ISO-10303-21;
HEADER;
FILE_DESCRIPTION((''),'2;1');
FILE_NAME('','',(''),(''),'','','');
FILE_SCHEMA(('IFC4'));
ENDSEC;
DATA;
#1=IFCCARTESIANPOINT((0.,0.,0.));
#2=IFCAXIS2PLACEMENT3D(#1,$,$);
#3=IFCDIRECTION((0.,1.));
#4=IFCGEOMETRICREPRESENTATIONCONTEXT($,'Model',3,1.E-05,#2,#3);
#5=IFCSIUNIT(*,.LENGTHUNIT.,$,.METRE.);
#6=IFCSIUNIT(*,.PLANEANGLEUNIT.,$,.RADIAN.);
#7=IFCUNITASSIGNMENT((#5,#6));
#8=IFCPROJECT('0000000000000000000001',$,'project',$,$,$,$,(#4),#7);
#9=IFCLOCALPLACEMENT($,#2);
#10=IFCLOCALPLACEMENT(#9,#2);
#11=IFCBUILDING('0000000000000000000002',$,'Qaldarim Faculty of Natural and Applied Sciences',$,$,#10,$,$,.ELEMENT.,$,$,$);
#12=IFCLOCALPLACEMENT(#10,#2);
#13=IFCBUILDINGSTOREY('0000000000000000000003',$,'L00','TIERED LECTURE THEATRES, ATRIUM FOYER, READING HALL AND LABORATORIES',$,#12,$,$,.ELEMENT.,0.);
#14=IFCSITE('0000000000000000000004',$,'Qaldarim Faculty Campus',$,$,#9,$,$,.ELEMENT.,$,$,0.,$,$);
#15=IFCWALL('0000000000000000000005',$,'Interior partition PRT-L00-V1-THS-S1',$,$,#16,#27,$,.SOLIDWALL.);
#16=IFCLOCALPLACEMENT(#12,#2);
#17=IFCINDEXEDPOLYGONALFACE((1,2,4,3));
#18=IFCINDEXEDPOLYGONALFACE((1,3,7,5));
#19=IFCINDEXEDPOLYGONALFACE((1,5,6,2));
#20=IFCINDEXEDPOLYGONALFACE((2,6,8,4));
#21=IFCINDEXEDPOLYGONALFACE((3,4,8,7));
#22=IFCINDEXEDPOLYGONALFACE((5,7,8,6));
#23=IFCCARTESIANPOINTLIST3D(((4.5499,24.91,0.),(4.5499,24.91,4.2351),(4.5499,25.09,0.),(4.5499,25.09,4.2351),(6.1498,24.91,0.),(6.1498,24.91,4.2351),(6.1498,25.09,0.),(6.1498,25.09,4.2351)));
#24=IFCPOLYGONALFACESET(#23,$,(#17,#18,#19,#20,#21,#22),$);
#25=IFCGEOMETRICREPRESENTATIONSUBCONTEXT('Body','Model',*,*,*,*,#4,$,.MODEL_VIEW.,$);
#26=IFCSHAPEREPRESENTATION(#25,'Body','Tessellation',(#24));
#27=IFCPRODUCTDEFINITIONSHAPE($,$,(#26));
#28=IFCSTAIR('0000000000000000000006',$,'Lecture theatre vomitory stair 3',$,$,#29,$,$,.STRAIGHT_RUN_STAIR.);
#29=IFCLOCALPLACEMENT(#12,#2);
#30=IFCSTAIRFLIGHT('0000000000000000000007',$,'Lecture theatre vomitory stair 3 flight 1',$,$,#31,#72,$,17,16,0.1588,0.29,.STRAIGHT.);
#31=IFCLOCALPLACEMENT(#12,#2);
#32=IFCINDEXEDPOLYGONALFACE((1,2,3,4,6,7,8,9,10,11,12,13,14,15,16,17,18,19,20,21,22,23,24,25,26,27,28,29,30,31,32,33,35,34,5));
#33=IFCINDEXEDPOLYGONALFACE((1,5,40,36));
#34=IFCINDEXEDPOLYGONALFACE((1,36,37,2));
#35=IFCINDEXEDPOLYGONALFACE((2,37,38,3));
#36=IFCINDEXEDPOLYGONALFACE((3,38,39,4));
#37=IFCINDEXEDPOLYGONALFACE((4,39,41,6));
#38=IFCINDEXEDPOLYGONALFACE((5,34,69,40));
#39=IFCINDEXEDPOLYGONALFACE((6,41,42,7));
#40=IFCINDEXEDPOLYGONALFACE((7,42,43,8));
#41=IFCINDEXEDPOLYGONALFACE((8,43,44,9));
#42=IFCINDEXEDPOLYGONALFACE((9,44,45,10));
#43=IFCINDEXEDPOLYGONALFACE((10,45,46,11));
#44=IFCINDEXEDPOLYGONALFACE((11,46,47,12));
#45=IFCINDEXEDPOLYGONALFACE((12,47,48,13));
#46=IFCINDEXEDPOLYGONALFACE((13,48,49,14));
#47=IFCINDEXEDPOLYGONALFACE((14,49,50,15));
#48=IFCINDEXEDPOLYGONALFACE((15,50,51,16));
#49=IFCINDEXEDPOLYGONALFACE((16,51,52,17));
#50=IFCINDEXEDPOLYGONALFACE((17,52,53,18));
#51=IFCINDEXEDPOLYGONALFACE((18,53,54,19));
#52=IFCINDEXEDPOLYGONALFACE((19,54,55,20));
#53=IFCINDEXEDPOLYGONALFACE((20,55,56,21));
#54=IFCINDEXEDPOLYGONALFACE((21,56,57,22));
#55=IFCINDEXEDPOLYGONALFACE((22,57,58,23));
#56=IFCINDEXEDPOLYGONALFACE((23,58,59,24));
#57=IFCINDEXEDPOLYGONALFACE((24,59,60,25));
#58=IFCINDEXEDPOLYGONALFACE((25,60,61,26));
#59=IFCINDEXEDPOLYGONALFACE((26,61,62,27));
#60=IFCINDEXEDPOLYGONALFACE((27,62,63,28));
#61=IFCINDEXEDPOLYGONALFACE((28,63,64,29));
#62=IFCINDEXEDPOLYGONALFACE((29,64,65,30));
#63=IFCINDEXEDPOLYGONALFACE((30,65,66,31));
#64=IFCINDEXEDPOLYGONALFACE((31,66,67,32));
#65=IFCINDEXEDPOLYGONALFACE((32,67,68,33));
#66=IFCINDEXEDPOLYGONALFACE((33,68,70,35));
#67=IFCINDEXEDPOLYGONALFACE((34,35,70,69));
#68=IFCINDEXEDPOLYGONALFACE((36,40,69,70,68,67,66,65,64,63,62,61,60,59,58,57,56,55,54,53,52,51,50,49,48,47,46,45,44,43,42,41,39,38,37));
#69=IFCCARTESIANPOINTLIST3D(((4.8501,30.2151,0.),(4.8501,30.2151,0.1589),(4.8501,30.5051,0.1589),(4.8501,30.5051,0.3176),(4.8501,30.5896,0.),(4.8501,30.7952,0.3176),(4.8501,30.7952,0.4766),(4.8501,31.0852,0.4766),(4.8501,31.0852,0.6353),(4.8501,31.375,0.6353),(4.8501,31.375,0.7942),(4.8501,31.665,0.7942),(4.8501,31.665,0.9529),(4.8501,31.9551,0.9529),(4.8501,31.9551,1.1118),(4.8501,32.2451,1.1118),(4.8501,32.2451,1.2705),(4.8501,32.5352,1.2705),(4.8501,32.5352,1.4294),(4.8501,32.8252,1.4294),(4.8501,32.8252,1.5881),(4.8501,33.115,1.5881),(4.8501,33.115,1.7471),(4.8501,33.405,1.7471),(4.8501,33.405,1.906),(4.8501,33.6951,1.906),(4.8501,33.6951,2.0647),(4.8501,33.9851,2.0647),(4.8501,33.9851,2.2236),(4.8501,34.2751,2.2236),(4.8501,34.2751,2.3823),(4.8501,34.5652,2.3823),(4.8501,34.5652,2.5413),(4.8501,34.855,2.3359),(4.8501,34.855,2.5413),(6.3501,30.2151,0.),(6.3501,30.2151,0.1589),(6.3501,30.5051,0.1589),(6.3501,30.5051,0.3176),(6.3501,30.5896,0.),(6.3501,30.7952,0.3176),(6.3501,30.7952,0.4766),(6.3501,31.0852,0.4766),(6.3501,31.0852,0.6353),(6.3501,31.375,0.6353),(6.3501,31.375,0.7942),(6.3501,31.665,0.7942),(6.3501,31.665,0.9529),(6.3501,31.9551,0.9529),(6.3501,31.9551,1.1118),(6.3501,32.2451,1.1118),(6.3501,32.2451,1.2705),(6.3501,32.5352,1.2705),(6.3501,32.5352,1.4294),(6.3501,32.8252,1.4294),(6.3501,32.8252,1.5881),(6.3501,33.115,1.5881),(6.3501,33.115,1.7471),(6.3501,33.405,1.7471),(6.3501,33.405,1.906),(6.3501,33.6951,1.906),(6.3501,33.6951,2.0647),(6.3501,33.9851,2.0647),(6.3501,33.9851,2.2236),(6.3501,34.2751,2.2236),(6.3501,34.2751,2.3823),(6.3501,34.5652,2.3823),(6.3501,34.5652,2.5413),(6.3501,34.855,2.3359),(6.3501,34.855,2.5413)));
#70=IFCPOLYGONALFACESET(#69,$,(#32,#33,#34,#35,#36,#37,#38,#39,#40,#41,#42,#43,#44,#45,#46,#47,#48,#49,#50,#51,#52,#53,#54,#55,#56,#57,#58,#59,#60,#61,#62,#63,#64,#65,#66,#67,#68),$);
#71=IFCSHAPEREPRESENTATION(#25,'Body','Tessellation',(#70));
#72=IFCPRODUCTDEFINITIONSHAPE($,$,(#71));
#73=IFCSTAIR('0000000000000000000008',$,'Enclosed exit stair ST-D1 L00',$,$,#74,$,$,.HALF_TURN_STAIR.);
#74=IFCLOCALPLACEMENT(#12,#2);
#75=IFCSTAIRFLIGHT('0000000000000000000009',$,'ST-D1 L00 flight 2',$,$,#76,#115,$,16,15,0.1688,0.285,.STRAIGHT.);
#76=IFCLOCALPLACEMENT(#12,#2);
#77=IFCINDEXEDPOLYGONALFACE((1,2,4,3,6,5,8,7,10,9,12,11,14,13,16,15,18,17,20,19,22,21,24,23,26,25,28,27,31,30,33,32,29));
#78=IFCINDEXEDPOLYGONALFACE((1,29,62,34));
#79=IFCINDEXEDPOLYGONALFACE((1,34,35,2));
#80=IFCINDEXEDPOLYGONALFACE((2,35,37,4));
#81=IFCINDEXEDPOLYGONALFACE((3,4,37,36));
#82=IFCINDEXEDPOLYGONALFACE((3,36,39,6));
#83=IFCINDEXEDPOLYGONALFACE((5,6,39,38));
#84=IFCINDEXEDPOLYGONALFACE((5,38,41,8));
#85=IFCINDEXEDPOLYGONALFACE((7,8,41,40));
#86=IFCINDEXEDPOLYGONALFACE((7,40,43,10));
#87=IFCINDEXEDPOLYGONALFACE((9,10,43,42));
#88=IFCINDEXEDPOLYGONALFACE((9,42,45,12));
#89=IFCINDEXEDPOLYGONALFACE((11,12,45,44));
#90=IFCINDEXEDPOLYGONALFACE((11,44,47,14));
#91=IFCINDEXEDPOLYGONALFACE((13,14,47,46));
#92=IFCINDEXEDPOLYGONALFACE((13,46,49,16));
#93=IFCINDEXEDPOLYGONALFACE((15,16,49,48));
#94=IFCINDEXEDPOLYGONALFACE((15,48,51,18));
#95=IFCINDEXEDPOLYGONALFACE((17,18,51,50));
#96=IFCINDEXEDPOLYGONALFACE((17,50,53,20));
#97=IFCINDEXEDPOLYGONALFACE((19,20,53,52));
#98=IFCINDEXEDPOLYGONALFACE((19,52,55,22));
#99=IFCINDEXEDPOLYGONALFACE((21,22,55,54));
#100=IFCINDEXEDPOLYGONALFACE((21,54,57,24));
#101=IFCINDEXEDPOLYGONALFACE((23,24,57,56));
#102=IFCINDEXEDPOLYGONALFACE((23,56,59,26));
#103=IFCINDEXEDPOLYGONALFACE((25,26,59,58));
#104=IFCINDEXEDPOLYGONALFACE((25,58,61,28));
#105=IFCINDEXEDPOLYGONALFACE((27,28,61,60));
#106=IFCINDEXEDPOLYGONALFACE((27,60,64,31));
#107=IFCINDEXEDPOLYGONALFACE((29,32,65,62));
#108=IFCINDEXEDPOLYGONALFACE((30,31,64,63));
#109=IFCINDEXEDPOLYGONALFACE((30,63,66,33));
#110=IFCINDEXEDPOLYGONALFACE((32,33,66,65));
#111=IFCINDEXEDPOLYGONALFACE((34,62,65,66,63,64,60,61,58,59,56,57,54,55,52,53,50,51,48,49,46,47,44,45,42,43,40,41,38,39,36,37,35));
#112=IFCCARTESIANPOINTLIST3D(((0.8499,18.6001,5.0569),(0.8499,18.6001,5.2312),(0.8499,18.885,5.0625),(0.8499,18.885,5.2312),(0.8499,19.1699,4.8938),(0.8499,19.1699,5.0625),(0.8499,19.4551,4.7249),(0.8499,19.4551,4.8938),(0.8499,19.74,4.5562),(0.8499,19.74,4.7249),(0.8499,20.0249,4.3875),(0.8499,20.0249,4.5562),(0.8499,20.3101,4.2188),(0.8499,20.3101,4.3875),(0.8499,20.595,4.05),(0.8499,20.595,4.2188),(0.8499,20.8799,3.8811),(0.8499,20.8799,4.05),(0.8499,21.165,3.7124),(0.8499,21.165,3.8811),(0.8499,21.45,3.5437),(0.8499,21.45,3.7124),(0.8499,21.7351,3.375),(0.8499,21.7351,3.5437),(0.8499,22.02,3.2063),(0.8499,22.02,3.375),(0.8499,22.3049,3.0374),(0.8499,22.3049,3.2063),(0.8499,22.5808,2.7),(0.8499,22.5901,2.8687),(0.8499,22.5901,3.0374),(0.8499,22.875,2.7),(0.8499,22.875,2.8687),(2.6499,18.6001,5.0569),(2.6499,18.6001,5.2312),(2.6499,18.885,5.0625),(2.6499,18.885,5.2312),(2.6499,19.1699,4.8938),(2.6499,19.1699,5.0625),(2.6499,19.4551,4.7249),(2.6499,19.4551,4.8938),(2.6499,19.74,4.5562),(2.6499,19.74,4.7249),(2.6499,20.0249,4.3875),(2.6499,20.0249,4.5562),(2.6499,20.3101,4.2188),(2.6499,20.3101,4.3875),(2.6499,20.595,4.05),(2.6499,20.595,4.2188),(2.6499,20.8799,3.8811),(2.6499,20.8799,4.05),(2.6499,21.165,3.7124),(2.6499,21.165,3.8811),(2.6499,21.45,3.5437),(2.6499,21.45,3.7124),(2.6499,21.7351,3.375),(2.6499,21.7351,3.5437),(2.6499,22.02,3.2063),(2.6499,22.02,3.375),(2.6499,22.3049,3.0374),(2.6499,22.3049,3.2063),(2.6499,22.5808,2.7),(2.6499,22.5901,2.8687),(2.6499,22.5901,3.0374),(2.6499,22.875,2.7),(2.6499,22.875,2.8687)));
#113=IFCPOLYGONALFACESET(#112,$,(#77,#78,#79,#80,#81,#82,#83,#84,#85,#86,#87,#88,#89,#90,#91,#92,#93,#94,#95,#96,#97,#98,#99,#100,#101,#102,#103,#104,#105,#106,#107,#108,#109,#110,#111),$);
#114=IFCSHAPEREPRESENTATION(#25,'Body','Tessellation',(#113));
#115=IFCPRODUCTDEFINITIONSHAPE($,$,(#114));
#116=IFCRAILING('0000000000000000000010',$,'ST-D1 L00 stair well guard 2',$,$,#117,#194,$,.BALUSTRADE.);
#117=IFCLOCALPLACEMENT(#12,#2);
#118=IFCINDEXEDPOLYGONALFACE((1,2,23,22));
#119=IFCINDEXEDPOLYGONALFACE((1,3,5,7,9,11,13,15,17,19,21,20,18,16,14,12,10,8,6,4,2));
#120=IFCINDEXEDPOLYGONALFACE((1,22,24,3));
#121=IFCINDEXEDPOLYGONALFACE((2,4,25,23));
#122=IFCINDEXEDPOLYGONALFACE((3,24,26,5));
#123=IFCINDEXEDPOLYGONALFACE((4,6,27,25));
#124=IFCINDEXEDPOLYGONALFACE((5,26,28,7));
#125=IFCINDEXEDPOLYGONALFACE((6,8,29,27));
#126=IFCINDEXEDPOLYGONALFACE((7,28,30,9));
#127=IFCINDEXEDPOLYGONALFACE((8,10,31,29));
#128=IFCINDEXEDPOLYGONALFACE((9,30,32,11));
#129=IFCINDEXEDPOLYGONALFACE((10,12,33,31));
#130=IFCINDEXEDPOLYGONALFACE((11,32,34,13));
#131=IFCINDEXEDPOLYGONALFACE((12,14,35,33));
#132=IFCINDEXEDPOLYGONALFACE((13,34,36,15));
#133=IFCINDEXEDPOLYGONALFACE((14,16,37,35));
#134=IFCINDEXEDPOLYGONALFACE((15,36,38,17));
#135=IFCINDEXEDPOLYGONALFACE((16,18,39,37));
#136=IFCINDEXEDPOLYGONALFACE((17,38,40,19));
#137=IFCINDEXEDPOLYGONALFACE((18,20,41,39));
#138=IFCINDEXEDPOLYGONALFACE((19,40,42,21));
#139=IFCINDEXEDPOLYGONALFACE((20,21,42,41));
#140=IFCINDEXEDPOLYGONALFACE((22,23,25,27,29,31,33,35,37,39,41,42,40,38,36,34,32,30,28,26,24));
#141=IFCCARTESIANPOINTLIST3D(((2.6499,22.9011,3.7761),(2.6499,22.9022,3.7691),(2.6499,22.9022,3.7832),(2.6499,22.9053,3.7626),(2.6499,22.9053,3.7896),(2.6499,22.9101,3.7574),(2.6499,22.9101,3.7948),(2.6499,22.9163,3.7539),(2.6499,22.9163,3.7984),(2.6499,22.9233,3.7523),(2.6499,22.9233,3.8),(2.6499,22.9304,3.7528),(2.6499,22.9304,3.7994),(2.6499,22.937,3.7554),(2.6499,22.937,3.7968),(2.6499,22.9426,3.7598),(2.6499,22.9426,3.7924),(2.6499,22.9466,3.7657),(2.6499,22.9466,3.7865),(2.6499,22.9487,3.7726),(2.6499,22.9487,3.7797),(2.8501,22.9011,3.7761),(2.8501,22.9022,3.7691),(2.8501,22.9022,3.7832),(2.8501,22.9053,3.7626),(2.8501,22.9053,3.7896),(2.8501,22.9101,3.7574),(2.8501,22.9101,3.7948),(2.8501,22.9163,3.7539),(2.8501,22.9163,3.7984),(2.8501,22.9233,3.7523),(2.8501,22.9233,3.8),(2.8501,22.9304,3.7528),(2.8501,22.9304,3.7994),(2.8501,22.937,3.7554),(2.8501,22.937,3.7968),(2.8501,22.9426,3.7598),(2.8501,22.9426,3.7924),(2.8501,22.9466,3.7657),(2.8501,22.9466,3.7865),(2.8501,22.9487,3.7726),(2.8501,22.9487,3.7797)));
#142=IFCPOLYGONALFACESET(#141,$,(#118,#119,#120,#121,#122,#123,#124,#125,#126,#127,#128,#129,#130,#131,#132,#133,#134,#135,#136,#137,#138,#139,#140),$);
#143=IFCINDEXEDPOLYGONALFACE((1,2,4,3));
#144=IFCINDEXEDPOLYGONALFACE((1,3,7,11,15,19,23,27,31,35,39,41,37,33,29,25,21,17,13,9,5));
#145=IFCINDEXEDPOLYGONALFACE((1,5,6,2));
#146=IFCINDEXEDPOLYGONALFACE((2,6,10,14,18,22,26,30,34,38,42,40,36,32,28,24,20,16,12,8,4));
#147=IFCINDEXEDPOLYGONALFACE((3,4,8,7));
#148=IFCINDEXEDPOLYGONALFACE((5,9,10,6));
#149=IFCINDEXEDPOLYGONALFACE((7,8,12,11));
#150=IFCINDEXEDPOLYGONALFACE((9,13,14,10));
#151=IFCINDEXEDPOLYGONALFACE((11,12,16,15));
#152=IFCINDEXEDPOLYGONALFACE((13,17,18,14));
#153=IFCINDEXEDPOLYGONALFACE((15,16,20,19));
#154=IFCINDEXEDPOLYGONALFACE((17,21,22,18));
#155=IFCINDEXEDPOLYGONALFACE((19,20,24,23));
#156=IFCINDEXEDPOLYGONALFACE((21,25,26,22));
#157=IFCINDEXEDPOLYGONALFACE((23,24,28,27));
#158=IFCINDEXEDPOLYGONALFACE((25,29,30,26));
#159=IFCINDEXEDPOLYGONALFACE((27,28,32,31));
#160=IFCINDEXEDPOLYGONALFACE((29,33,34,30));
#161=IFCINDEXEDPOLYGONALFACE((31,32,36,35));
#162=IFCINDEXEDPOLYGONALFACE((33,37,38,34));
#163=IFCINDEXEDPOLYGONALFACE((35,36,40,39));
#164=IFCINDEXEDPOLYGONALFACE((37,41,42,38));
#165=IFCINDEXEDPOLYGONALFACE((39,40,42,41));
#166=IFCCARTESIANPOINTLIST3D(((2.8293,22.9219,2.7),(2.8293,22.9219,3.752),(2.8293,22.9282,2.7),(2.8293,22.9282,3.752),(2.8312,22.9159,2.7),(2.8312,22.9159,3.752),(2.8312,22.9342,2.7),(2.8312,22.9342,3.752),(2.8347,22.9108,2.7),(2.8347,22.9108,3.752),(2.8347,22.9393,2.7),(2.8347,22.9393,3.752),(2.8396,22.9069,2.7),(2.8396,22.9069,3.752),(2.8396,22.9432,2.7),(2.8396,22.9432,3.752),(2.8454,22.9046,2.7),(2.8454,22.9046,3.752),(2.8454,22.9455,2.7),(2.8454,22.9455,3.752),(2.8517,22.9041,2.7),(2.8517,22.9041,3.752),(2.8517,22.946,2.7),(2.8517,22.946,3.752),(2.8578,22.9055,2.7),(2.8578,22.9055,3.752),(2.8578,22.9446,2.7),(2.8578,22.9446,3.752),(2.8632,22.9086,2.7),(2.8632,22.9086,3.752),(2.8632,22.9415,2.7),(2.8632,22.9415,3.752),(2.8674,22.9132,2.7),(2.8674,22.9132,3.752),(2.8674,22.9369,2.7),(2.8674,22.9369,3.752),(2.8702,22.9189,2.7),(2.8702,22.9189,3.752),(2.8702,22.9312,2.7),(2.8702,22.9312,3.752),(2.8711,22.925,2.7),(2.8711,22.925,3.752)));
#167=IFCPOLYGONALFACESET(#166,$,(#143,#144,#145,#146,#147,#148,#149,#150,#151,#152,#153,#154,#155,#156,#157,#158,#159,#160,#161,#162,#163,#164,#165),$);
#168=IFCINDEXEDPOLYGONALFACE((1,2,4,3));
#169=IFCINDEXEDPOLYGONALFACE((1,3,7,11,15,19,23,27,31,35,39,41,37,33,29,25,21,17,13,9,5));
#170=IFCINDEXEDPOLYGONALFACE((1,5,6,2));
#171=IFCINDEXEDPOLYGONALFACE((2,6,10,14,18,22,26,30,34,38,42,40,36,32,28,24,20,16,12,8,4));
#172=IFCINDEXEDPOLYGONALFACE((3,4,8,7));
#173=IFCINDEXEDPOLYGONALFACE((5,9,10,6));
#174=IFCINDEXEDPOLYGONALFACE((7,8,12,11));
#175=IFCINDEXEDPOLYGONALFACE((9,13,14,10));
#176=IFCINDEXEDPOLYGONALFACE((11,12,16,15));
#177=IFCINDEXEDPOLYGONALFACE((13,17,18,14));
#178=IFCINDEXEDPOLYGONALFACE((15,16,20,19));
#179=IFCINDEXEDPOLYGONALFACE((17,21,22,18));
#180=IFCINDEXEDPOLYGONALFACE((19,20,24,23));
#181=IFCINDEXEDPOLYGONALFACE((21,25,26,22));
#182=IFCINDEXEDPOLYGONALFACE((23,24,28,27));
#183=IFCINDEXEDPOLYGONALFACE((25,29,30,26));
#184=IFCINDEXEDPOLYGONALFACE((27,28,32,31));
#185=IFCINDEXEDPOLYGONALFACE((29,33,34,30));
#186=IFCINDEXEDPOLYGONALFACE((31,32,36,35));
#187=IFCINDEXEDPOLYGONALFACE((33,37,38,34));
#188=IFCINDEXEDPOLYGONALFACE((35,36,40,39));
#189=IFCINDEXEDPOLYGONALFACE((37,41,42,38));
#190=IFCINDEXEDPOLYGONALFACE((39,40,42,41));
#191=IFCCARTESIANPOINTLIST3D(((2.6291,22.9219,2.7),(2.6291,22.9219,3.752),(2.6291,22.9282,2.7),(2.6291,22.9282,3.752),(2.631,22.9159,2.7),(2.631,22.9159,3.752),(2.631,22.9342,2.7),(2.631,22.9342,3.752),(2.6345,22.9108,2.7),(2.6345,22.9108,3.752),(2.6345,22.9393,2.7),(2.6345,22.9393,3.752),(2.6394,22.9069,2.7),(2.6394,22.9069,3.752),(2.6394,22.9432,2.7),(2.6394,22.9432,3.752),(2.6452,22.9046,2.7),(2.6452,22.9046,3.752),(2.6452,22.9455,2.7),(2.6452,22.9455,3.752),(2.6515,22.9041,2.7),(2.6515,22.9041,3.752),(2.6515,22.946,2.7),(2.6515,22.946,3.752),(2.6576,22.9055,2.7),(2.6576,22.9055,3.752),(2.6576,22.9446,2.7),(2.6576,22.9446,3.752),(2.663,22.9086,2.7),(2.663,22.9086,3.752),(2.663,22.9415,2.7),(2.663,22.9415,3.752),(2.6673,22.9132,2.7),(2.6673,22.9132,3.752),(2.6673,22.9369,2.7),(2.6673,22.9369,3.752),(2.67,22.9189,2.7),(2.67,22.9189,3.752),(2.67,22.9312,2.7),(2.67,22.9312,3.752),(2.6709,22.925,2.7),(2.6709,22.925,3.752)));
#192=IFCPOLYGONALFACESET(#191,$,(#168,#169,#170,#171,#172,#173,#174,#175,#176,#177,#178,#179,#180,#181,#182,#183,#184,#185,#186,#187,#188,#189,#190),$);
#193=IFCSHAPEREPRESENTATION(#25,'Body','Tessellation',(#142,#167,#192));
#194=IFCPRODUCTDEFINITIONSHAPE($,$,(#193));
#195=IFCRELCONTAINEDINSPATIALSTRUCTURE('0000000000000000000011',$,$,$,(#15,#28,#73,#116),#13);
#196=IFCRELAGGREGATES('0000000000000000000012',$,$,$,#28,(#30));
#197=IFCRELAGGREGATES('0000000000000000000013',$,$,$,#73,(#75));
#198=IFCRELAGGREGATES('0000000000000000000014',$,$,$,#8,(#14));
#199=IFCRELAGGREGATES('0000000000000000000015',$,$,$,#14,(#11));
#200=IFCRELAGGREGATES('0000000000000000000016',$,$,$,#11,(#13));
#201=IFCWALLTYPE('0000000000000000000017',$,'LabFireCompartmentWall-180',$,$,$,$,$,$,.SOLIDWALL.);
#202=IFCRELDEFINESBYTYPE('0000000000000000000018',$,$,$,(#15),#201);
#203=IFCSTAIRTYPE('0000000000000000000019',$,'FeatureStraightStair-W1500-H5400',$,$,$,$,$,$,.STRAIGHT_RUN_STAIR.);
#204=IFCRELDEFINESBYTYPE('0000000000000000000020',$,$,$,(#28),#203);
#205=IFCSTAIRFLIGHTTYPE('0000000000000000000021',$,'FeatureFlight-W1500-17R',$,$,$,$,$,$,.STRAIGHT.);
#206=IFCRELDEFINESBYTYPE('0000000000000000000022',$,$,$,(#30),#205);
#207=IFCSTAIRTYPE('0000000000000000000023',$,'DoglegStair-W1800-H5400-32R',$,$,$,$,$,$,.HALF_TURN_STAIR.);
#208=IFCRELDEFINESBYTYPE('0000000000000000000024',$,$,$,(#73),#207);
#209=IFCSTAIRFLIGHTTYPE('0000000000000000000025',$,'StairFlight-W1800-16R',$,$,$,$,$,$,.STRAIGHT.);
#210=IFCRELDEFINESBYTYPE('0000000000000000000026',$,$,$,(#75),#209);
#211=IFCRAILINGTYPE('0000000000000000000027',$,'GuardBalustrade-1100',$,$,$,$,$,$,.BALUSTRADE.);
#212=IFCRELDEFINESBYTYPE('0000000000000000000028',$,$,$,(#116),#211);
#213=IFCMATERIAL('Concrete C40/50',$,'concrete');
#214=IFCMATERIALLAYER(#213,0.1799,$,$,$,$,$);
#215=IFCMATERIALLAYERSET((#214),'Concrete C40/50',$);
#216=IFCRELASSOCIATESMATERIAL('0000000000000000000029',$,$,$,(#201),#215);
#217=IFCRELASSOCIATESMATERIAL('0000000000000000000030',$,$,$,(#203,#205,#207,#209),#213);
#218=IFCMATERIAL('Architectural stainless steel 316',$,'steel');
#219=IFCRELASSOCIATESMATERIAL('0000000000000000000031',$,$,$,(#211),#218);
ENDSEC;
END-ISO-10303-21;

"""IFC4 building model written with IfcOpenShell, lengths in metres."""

from ifc_helpers import new_model, si_unit, direction, frame, frame_2d, origin, origin_2d, place, context, subcontext, project, spatial, polyline, rectangle, circle, outline, extrude, material, layer, layer_set, type_object, element, aggregate, save


model = new_model("IFC4")

# Units and contexts
model_context = context("Model", 3, precision=1e-05, world=origin(), true_north=direction((0.0, 1.0)))
body_context = subcontext(model_context, "Body", "Model", "MODEL_VIEW")
ifc_project = project(units=[si_unit("LENGTHUNIT", "METRE"), si_unit("PLANEANGLEUNIT", "RADIAN")], contexts=[model_context])

# Site, building, storey
site_placement = place(None, origin())
site = spatial("IfcSite", under=ifc_project, at=site_placement, Name="Qaldarim Faculty Campus", CompositionType="ELEMENT", RefElevation=0.0)
building_placement = place(site_placement, origin())
building = spatial("IfcBuilding", under=site, at=building_placement, Name="Qaldarim Faculty of Natural and Applied Sciences", CompositionType="ELEMENT")
storey_placement = place(building_placement, origin())
storey = spatial("IfcBuildingStorey", under=building, at=storey_placement, Name="L00", Description="TIERED LECTURE THEATRES, ATRIUM FOYER, READING HALL AND LABORATORIES", CompositionType="ELEMENT", Elevation=0.0)

# Shared definitions
ifc_material_1 = material(Name="Concrete C40/50", Category="concrete")

# Wall
ifc_layer_1 = layer(ifc_material_1, 0.1799)
ifc_layer_set_1 = layer_set([ifc_layer_1], Name="Concrete C40/50")
wall_type_1 = type_object("IfcWallType", Name="LabFireCompartmentWall-180", PredefinedType="SOLIDWALL", material=ifc_layer_set_1)
wall_1_placement = place(storey_placement, frame((4.55, 25.0, 0.0), z_axis=(0.0, 0.0, 1.0), x_axis=(1.0, 0.0, 0.0)))
element("IfcWall", 1, at=wall_1_placement, inside=storey, type_object=wall_type_1, Name="Interior partition PRT-L00-V1-THS-S1", PredefinedType="SOLIDWALL", context=body_context, shape_type="SweptSolid", body=[
    extrude(rectangle(XDim=1.5999, YDim=0.1799, at=frame_2d((0.7998, 0.0))), origin(), (0.0, 0.0, 1.0), 4.2351),
])

# Stairs, stair flights
stair_type_1 = type_object("IfcStairType", Name="FeatureStraightStair-W1500-H5400", PredefinedType="STRAIGHT_RUN_STAIR", material=ifc_material_1)
stair_1_placement = place(storey_placement, origin())
stair_1 = element("IfcStair", 2, at=stair_1_placement, inside=storey, type_object=stair_type_1, Name="Lecture theatre vomitory stair 3", PredefinedType="STRAIGHT_RUN_STAIR")
stair_flight_type_1 = type_object("IfcStairFlightType", Name="FeatureFlight-W1500-17R", PredefinedType="STRAIGHT", material=ifc_material_1)
stair_flight_1_placement = place(storey_placement, frame((5.6001, 30.2151, 0.0), z_axis=(0.0, 0.0, 1.0), x_axis=(0.0, 1.0, 0.0)))
stair_flight_1 = element("IfcStairFlight", 3, at=stair_flight_1_placement, type_object=stair_flight_type_1, Name="Lecture theatre vomitory stair 3 flight 1", NumberOfRisers=17, NumberOfTreads=16, PredefinedType="STRAIGHT", RiserHeight=0.1588, TreadLength=0.29, context=body_context, shape_type="SweptSolid", body=[
    extrude(outline(polyline([(0.0, 0.0), (0.0, 0.1589), (0.29, 0.1589), (0.29, 0.3176), (0.5801, 0.3176), (0.5801, 0.4766), (0.8701, 0.4766), (0.8701, 0.6353), (1.1599, 0.6353), (1.1599, 0.7942), (1.45, 0.7942), (1.45, 0.9529), (1.74, 0.9529), (1.74, 1.1118), (2.03, 1.1118), (2.03, 1.2705), (2.3201, 1.2705), (2.3201, 1.4294), (2.6101, 1.4294), (2.6101, 1.5881), (2.8999, 1.5881), (2.8999, 1.7471), (3.1899, 1.7471), (3.1899, 1.906), (3.48, 1.906), (3.48, 2.0647), (3.77, 2.0647), (3.77, 2.2236), (4.0601, 2.2236), (4.0601, 2.3823), (4.3501, 2.3823), (4.3501, 2.5413), (4.6399, 2.5413), (4.6399, 2.7), (4.6399, 2.3359), (0.3745, 0.0), (0.0, 0.0)])), frame((0.0, 0.75, 0.0), z_axis=(0.0, -1.0, 0.0), x_axis=(1.0, 0.0, 0.0)), (0.0, 0.0, 1.0), 1.5),
])
aggregate(stair_1, [stair_flight_1])
stair_type_2 = type_object("IfcStairType", Name="DoglegStair-W1800-H5400-32R", PredefinedType="HALF_TURN_STAIR", material=ifc_material_1)
stair_2_placement = place(storey_placement, origin())
stair_2 = element("IfcStair", 4, at=stair_2_placement, inside=storey, type_object=stair_type_2, Name="Enclosed exit stair ST-D1 L00", PredefinedType="HALF_TURN_STAIR")
stair_flight_type_2 = type_object("IfcStairFlightType", Name="StairFlight-W1800-16R", PredefinedType="STRAIGHT", material=ifc_material_1)
stair_flight_2_placement = place(storey_placement, frame((1.75, 22.875, 2.7), z_axis=(0.0, 0.0, 1.0), x_axis=(0.0, -1.0, 0.0)))
stair_flight_2 = element("IfcStairFlight", 5, at=stair_flight_2_placement, type_object=stair_flight_type_2, Name="ST-D1 L00 flight 2", NumberOfRisers=16, NumberOfTreads=15, PredefinedType="STRAIGHT", RiserHeight=0.1688, TreadLength=0.285, context=body_context, shape_type="SweptSolid", body=[
    extrude(outline(polyline([(0.0, 0.0), (0.0, 0.1687), (0.2849, 0.1687), (0.2849, 0.3374), (0.5701, 0.3374), (0.5701, 0.5063), (0.855, 0.5063), (0.855, 0.675), (1.1399, 0.675), (1.1399, 0.8438), (1.425, 0.8438), (1.425, 1.0125), (1.71, 1.0125), (1.71, 1.1812), (1.9951, 1.1812), (1.9951, 1.3501), (2.28, 1.3501), (2.28, 1.5188), (2.5649, 1.5188), (2.5649, 1.6875), (2.8501, 1.6875), (2.8501, 1.8562), (3.135, 1.8562), (3.135, 2.0249), (3.4199, 2.0249), (3.4199, 2.1938), (3.7051, 2.1938), (3.7051, 2.3625), (3.99, 2.3625), (3.99, 2.5312), (4.2749, 2.5312), (4.2749, 2.7), (4.2749, 2.3569), (0.2942, 0.0), (0.0, 0.0)])), frame((0.0, 0.8999, 0.0), z_axis=(0.0, -1.0, 0.0), x_axis=(1.0, 0.0, 0.0)), (0.0, 0.0, 1.0), 1.8),
])
aggregate(stair_2, [stair_flight_2])

# Railing
ifc_material_2 = material(Name="Architectural stainless steel 316", Category="steel")
railing_type_1 = type_object("IfcRailingType", Name="GuardBalustrade-1100", PredefinedType="BALUSTRADE", material=ifc_material_2)
railing_1_placement = place(storey_placement, frame((2.8501, 22.925, 2.7)))
element("IfcRailing", 6, at=railing_1_placement, inside=storey, type_object=railing_type_1, Name="ST-D1 L00 stair well guard 2", PredefinedType="BALUSTRADE", context=body_context, shape_type="SweptSolid", body=[
    extrude(circle(Radius=0.0239, at=origin_2d()), frame((0.0, 0.0, 1.0762), z_axis=(-1.0, 0.0, 0.0), x_axis=(0.0, -1.0, 0.0)), (0.0, 0.0, 1.0), 0.2002),
    extrude(circle(Radius=0.021, at=origin_2d()), origin(), (0.0, 0.0, 1.0), 1.052),
    extrude(circle(Radius=0.021, at=origin_2d()), frame((-0.2002, 0.0, 0.0)), (0.0, 0.0, 1.0), 1.052),
])

save(model, "model.ifc")
